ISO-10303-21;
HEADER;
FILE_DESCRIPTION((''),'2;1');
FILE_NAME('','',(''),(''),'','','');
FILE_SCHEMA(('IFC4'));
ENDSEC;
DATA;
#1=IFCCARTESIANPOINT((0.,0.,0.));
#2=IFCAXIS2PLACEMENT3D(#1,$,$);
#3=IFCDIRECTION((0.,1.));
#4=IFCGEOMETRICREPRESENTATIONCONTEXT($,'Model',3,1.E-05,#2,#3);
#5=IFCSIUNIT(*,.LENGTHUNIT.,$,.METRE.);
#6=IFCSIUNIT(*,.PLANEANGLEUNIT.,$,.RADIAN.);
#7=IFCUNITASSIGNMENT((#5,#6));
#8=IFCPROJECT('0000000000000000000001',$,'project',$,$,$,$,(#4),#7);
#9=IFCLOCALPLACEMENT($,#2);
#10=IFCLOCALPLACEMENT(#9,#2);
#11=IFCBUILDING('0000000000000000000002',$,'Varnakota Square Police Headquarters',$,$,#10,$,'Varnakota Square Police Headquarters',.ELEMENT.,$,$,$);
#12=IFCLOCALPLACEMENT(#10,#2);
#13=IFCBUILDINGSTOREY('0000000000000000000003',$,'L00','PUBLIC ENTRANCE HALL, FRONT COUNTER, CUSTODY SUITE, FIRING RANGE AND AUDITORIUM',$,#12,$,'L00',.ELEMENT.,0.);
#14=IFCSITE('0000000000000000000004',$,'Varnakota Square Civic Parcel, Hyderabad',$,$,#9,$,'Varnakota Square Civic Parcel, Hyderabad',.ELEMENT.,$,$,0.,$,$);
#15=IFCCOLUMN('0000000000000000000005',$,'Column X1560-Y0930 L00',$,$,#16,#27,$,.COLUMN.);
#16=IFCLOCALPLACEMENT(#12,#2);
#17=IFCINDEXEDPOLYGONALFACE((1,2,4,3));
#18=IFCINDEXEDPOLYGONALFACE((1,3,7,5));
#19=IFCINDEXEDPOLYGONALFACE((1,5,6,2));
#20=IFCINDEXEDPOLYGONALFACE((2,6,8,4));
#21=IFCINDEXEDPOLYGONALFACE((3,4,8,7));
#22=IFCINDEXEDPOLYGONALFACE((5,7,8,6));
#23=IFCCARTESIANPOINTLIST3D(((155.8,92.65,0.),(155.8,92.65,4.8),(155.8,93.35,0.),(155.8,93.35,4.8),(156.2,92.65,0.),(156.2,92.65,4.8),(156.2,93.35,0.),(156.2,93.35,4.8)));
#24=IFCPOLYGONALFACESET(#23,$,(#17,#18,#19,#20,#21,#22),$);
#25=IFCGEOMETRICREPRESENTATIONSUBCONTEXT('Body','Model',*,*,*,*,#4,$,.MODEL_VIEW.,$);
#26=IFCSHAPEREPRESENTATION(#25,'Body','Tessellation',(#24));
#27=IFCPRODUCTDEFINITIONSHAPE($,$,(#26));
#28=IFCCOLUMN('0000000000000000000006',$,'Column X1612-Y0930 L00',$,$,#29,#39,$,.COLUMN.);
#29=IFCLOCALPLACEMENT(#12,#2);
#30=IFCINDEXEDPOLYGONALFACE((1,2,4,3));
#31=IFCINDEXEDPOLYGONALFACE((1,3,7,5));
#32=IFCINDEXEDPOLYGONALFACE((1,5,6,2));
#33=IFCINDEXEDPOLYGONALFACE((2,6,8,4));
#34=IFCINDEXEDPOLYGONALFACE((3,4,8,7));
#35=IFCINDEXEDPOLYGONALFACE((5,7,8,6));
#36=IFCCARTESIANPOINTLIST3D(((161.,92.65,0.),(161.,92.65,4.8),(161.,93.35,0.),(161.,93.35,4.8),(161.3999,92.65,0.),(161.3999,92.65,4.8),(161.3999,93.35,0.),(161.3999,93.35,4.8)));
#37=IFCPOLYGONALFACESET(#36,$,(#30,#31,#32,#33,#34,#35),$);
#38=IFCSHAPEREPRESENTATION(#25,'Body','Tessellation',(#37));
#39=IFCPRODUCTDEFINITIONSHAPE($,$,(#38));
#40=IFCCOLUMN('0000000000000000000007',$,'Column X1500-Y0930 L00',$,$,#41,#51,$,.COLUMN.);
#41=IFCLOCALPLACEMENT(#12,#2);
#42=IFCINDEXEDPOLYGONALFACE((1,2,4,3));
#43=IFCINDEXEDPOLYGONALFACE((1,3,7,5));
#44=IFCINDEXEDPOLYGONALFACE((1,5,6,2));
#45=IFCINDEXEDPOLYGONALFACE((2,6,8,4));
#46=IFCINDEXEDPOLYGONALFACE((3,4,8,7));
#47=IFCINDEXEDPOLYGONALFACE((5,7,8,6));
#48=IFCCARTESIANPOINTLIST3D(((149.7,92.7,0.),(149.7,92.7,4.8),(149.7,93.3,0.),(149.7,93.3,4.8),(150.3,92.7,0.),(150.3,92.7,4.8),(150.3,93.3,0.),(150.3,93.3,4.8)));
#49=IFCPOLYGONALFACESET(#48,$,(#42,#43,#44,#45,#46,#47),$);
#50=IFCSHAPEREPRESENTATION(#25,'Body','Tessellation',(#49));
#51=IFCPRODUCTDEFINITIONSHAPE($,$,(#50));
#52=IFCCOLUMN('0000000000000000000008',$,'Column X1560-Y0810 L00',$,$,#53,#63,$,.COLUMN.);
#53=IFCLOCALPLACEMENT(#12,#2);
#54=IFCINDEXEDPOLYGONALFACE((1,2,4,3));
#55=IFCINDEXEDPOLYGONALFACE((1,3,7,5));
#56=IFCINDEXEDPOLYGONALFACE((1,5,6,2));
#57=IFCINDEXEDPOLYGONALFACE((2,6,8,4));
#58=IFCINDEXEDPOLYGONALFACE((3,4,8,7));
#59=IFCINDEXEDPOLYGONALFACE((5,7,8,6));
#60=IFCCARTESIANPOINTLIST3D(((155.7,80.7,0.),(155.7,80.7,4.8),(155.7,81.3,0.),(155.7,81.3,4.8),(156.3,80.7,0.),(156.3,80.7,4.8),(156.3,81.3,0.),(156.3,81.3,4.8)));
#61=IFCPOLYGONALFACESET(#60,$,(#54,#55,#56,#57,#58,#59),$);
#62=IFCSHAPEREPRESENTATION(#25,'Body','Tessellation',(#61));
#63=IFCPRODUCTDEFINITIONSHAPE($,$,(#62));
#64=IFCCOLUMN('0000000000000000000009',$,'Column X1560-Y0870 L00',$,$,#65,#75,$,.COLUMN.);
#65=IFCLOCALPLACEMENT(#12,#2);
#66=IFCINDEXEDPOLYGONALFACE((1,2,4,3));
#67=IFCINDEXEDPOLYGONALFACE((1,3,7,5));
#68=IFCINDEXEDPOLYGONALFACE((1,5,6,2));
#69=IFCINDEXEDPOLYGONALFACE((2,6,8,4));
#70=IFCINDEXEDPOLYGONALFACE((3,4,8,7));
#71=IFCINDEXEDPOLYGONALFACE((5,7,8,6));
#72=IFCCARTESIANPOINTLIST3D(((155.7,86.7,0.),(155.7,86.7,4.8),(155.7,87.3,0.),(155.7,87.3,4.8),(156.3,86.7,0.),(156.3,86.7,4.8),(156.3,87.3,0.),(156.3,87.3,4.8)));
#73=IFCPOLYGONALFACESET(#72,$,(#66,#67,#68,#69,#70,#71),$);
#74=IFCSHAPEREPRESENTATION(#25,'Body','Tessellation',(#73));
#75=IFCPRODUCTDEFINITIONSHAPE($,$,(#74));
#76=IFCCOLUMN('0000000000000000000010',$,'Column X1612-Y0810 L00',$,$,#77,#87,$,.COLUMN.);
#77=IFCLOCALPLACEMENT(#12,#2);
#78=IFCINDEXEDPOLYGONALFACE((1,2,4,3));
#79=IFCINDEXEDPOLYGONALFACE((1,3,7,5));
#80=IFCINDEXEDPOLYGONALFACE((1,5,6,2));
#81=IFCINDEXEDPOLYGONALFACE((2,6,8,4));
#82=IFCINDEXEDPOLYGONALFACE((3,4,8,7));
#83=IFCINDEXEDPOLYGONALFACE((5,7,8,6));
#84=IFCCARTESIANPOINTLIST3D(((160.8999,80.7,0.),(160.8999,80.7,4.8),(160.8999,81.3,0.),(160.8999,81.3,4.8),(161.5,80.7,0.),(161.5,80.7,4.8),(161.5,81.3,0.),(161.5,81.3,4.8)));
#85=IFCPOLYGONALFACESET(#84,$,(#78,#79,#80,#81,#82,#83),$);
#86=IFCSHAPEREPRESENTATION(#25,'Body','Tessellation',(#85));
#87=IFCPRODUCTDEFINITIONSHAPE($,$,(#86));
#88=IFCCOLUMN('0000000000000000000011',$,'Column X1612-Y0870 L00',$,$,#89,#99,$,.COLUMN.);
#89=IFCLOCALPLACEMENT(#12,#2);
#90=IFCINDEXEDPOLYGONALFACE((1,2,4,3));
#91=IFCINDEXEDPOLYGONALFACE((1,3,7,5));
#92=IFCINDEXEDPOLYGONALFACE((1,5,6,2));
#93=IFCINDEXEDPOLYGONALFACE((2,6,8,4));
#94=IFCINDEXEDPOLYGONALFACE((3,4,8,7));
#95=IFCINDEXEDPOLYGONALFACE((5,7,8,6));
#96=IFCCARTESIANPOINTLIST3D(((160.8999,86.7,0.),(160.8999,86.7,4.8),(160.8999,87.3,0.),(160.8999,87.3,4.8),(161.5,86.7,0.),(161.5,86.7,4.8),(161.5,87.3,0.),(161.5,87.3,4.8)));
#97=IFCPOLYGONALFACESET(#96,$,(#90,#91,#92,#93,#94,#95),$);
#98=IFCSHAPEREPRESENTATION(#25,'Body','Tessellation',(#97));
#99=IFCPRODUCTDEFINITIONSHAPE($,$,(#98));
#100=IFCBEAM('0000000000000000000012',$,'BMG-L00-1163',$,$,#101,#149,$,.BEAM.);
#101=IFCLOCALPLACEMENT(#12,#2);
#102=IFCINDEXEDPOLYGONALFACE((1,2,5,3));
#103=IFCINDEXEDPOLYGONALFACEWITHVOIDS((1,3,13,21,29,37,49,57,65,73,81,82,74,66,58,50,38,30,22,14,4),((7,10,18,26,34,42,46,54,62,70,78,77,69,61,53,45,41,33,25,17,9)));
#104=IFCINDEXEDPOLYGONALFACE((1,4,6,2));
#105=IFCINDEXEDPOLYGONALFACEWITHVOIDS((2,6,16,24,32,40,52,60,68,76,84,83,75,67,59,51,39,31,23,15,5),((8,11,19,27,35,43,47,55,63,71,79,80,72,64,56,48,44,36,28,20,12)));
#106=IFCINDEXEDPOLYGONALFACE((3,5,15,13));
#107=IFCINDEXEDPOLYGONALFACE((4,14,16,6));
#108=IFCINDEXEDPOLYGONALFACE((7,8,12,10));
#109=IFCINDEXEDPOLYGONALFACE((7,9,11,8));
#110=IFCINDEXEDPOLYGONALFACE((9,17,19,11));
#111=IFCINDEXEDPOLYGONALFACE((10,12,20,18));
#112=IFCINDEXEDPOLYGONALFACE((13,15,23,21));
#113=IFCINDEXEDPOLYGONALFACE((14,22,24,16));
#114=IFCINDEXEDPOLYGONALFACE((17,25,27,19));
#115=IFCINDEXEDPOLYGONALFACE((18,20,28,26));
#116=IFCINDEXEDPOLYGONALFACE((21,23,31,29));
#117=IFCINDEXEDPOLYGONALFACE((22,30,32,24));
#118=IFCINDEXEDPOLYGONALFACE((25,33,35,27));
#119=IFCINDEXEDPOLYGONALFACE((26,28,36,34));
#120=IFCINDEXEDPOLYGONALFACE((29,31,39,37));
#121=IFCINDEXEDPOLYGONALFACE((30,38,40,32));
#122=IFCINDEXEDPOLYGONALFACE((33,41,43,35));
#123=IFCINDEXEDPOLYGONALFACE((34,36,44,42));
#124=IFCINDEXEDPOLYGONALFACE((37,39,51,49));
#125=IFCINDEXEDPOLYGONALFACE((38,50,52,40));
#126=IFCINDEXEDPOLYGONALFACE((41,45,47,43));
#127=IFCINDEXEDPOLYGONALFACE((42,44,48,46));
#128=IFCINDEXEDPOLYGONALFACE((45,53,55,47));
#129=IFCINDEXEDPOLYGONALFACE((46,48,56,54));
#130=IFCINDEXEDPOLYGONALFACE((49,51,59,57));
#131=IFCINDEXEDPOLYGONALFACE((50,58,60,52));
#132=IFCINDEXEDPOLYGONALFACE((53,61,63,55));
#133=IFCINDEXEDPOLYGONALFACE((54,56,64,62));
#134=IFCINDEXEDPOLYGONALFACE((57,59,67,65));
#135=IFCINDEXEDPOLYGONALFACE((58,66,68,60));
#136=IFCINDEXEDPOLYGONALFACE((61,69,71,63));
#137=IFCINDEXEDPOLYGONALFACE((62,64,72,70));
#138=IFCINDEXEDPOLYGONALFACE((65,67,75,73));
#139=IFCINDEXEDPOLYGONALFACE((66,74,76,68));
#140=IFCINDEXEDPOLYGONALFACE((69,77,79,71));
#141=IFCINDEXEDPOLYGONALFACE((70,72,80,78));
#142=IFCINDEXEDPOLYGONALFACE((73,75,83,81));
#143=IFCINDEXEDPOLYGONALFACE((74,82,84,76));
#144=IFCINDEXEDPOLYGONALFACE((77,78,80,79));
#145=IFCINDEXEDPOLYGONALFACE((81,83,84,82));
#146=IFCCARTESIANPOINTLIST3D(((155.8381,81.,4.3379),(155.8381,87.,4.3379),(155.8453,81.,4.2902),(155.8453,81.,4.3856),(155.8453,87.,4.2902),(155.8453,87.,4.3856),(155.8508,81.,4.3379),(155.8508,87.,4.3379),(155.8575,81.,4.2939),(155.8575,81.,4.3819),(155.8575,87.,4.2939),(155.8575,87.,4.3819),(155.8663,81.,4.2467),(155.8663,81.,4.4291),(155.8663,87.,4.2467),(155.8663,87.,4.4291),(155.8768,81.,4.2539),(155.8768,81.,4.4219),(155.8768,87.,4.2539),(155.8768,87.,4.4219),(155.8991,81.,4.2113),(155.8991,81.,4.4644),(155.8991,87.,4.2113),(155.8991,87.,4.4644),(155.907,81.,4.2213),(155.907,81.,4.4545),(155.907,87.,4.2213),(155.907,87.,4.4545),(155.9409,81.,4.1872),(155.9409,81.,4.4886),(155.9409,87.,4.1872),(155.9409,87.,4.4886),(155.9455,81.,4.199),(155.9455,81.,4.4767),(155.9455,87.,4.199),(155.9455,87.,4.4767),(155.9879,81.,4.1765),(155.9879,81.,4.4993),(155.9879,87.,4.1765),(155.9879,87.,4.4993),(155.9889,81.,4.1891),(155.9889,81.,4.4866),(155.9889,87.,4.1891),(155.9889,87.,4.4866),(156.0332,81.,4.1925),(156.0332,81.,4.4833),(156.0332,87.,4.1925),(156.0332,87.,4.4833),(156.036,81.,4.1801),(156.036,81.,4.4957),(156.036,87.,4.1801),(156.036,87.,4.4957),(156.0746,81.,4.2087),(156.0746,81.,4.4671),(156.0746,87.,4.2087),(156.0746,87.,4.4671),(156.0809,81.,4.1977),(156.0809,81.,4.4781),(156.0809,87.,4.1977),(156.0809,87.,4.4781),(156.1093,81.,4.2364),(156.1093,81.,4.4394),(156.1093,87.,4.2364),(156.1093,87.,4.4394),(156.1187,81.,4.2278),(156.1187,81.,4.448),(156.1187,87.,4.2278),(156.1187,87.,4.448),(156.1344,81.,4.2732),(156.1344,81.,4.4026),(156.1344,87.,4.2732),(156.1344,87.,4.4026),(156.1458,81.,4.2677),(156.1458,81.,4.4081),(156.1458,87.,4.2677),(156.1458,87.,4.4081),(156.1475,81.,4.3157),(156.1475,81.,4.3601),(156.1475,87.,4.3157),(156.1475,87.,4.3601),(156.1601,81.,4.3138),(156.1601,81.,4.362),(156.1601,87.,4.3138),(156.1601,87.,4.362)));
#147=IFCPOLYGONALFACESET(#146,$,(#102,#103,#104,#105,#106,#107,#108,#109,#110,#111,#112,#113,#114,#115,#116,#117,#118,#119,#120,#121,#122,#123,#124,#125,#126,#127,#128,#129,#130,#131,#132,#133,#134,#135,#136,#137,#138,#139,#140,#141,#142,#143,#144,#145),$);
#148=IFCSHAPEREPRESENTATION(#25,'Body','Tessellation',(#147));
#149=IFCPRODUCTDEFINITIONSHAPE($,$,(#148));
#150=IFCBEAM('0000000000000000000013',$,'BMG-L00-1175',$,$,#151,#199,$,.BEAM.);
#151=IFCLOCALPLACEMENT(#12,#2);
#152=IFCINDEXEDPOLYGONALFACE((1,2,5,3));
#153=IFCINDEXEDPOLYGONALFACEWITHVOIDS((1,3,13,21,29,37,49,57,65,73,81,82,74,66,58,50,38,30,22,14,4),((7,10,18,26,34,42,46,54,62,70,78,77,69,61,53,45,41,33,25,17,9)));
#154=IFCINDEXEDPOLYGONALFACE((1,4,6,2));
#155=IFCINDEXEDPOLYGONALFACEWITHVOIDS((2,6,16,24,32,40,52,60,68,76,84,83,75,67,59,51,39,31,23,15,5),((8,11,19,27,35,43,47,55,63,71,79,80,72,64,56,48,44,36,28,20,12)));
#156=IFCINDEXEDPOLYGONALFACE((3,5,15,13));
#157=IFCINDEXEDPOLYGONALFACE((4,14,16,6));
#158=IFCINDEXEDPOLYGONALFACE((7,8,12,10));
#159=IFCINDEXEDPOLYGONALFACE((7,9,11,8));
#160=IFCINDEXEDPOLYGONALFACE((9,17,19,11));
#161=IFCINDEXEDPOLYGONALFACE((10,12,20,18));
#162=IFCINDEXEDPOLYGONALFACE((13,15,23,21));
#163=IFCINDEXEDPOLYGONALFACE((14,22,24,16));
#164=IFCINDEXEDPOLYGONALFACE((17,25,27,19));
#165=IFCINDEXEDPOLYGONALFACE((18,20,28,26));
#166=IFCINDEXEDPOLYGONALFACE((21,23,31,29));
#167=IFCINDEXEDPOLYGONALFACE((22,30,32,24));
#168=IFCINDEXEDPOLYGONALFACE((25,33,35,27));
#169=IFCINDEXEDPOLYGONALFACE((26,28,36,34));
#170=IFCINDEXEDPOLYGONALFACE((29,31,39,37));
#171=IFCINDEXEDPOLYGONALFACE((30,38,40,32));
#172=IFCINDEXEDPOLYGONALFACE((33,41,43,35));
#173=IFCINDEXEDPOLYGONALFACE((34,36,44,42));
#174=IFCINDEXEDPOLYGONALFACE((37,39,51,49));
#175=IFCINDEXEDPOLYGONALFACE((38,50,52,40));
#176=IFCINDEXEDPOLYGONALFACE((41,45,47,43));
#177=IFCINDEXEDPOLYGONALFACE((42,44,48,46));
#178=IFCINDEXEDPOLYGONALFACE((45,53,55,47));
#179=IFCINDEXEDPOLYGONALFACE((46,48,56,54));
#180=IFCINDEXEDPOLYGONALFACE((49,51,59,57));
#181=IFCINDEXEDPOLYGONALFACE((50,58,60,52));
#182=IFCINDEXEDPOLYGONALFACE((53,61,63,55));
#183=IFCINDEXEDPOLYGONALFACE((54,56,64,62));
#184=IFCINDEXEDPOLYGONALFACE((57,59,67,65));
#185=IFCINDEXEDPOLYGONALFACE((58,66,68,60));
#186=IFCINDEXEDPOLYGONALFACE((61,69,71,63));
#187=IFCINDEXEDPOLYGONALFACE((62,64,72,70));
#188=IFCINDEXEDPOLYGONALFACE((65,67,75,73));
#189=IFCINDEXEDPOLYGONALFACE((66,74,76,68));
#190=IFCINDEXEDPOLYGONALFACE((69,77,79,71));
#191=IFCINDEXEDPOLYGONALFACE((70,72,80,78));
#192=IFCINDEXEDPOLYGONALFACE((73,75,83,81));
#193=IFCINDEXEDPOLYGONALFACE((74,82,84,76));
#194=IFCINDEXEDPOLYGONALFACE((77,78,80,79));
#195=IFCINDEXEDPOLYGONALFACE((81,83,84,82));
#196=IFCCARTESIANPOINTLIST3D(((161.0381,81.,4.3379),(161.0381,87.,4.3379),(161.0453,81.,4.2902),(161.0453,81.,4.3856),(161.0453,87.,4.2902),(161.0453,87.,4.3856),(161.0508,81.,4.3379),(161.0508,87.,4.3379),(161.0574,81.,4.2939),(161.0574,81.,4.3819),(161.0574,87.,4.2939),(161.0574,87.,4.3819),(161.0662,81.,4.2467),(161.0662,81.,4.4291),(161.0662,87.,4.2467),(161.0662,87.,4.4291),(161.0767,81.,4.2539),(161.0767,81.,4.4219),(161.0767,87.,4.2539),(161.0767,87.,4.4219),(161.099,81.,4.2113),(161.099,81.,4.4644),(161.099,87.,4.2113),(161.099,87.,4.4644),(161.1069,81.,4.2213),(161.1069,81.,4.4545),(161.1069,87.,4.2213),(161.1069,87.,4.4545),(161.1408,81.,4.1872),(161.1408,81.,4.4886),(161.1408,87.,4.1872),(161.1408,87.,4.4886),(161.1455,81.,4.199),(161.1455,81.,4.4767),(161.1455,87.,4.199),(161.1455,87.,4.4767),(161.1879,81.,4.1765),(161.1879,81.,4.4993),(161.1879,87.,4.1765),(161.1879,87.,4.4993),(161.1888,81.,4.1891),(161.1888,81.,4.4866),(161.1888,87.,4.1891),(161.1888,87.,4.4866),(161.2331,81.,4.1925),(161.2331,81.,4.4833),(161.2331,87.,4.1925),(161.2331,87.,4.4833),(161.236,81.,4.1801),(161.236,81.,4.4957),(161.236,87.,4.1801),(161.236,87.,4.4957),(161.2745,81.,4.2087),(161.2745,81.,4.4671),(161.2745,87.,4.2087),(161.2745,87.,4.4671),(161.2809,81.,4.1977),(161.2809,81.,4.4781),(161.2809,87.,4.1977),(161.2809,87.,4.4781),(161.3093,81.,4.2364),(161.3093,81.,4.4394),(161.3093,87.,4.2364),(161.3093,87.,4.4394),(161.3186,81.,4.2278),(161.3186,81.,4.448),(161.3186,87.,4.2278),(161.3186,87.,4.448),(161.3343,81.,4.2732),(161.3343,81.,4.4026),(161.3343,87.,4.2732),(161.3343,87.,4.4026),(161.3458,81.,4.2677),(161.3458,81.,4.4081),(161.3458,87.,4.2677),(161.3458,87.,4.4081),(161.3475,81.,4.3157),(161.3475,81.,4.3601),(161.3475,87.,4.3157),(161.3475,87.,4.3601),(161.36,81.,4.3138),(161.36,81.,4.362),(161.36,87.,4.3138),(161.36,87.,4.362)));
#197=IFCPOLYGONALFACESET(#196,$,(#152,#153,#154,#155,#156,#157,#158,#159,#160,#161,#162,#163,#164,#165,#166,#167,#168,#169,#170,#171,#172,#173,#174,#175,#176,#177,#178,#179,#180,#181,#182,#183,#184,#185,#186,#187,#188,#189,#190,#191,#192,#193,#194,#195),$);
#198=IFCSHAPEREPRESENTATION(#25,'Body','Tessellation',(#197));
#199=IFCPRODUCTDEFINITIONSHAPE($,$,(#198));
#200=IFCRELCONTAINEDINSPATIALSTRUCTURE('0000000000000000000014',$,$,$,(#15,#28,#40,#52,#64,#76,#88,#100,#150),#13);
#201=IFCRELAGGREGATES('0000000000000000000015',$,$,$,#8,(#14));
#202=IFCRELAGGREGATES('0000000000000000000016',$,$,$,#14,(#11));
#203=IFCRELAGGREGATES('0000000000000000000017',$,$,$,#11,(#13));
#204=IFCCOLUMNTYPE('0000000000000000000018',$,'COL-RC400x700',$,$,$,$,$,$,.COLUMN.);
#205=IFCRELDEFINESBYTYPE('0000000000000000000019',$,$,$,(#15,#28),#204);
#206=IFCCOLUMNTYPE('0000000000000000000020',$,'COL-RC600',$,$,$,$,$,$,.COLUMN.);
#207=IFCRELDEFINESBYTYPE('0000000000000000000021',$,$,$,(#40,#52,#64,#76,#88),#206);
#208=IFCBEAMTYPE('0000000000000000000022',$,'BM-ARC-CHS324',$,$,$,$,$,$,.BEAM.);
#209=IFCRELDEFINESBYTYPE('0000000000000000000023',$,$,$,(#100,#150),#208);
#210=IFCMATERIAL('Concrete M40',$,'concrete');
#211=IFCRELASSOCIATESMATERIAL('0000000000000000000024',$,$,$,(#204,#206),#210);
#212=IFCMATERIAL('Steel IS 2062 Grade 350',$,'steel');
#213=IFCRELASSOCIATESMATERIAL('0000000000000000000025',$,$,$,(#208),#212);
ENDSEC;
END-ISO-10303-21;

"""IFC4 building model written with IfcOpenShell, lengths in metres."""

from ifc_helpers import new_model, si_unit, direction, frame, origin, origin_2d, place, context, subcontext, project, spatial, rectangle, hollow_circle, extrude, material, material_profile, profile_set, type_object, element, save


model = new_model("IFC4")

# Units and contexts
model_context = context("Model", 3, precision=1e-05, world=origin(), true_north=direction((0.0, 1.0)))
body_context = subcontext(model_context, "Body", "Model", "MODEL_VIEW")
ifc_project = project(units=[si_unit("LENGTHUNIT", "METRE"), si_unit("PLANEANGLEUNIT", "RADIAN")], contexts=[model_context])

# Site, building, storey
site_placement = place(None, origin())
site = spatial("IfcSite", under=ifc_project, at=site_placement, Name="Varnakota Square Civic Parcel, Hyderabad", LongName="Varnakota Square Civic Parcel, Hyderabad", CompositionType="ELEMENT", RefElevation=0.0)
building_placement = place(site_placement, origin())
building = spatial("IfcBuilding", under=site, at=building_placement, Name="Varnakota Square Police Headquarters", LongName="Varnakota Square Police Headquarters", CompositionType="ELEMENT")
storey_placement = place(building_placement, origin())
storey = spatial("IfcBuildingStorey", under=building, at=storey_placement, Name="L00", Description="PUBLIC ENTRANCE HALL, FRONT COUNTER, CUSTODY SUITE, FIRING RANGE AND AUDITORIUM", LongName="L00", CompositionType="ELEMENT", Elevation=0.0)

# Columns
ifc_material_1 = material(Name="Concrete M40", Category="concrete")
ifc_material_profile_1 = material_profile(ifc_material_1, rectangle(XDim=0.3999, YDim=0.7, at=origin_2d()), Name="RC 400x700")
ifc_profile_set_1 = profile_set([ifc_material_profile_1], Name="Concrete M40")
column_type_1 = type_object("IfcColumnType", Name="COL-RC400x700", PredefinedType="COLUMN", material=ifc_profile_set_1)
for number, where, z_axis, x_axis, name in (
    (1, (156.0, 93.0, 0.0), (0.0, 0.0, 1.0), (1.0, 0.0, 0.0), "Column X1560-Y0930 L00"),
    (2, (161.2, 93.0, 0.0), (0.0, 0.0, 1.0), (1.0, 0.0, 0.0), "Column X1612-Y0930 L00"),
):
    element("IfcColumn", number, at=place(storey_placement, frame(where, z_axis=z_axis, x_axis=x_axis)), inside=storey, type_object=column_type_1, Name=name, PredefinedType="COLUMN", context=body_context, shape_type="SweptSolid", body=[
        extrude(rectangle(XDim=0.3999, YDim=0.7, at=origin_2d()), origin(), (0.0, 0.0, 1.0), 4.8),
    ])
ifc_material_profile_2 = material_profile(ifc_material_1, rectangle(XDim=0.6001, YDim=0.6001, at=origin_2d()), Name="RC 600x600")
ifc_profile_set_2 = profile_set([ifc_material_profile_2], Name="Concrete M40")
column_type_2 = type_object("IfcColumnType", Name="COL-RC600", PredefinedType="COLUMN", material=ifc_profile_set_2)
for number, where, z_axis, x_axis, name in (
    (3, (150.0, 93.0, 0.0), (0.0, 0.0, 1.0), (1.0, 0.0, 0.0), "Column X1500-Y0930 L00"),
    (4, (156.0, 81.0, 0.0), (0.0, 0.0, 1.0), (1.0, 0.0, 0.0), "Column X1560-Y0810 L00"),
    (5, (156.0, 87.0, 0.0), (0.0, 0.0, 1.0), (1.0, 0.0, 0.0), "Column X1560-Y0870 L00"),
    (6, (161.2, 81.0, 0.0), (0.0, 0.0, 1.0), (1.0, 0.0, 0.0), "Column X1612-Y0810 L00"),
    (7, (161.2, 87.0, 0.0), (0.0, 0.0, 1.0), (1.0, 0.0, 0.0), "Column X1612-Y0870 L00"),
):
    element("IfcColumn", number, at=place(storey_placement, frame(where, z_axis=z_axis, x_axis=x_axis)), inside=storey, type_object=column_type_2, Name=name, PredefinedType="COLUMN", context=body_context, shape_type="SweptSolid", body=[
        extrude(rectangle(XDim=0.6001, YDim=0.6001, at=origin_2d()), origin(), (0.0, 0.0, 1.0), 4.8),
    ])

# Beams
ifc_material_2 = material(Name="Steel IS 2062 Grade 350", Category="steel")
ifc_material_profile_3 = material_profile(ifc_material_2, hollow_circle(Radius=0.1619, WallThickness=0.0127, at=origin_2d()), Name="CHS 323.9x12.7")
ifc_profile_set_3 = profile_set([ifc_material_profile_3], Name="Steel IS 2062 Grade 350")
beam_type_1 = type_object("IfcBeamType", Name="BM-ARC-CHS324", PredefinedType="BEAM", material=ifc_profile_set_3)
for number, where, z_axis, x_axis, name in (
    (8, (156.0, 81.0, 4.3379), (0.0, 1.0, 0.0), (-1.0, 0.0, 0.0), "BMG-L00-1163"),
    (9, (161.2, 81.0, 4.3379), (0.0, 1.0, 0.0), (-1.0, 0.0, 0.0), "BMG-L00-1175"),
):
    element("IfcBeam", number, at=place(storey_placement, frame(where, z_axis=z_axis, x_axis=x_axis)), inside=storey, type_object=beam_type_1, Name=name, PredefinedType="BEAM", context=body_context, shape_type="SweptSolid", body=[
        extrude(hollow_circle(Radius=0.1619, WallThickness=0.0127, at=origin_2d()), origin(), (0.0, 0.0, 1.0), 6.0),
    ])

save(model, "model.ifc")
